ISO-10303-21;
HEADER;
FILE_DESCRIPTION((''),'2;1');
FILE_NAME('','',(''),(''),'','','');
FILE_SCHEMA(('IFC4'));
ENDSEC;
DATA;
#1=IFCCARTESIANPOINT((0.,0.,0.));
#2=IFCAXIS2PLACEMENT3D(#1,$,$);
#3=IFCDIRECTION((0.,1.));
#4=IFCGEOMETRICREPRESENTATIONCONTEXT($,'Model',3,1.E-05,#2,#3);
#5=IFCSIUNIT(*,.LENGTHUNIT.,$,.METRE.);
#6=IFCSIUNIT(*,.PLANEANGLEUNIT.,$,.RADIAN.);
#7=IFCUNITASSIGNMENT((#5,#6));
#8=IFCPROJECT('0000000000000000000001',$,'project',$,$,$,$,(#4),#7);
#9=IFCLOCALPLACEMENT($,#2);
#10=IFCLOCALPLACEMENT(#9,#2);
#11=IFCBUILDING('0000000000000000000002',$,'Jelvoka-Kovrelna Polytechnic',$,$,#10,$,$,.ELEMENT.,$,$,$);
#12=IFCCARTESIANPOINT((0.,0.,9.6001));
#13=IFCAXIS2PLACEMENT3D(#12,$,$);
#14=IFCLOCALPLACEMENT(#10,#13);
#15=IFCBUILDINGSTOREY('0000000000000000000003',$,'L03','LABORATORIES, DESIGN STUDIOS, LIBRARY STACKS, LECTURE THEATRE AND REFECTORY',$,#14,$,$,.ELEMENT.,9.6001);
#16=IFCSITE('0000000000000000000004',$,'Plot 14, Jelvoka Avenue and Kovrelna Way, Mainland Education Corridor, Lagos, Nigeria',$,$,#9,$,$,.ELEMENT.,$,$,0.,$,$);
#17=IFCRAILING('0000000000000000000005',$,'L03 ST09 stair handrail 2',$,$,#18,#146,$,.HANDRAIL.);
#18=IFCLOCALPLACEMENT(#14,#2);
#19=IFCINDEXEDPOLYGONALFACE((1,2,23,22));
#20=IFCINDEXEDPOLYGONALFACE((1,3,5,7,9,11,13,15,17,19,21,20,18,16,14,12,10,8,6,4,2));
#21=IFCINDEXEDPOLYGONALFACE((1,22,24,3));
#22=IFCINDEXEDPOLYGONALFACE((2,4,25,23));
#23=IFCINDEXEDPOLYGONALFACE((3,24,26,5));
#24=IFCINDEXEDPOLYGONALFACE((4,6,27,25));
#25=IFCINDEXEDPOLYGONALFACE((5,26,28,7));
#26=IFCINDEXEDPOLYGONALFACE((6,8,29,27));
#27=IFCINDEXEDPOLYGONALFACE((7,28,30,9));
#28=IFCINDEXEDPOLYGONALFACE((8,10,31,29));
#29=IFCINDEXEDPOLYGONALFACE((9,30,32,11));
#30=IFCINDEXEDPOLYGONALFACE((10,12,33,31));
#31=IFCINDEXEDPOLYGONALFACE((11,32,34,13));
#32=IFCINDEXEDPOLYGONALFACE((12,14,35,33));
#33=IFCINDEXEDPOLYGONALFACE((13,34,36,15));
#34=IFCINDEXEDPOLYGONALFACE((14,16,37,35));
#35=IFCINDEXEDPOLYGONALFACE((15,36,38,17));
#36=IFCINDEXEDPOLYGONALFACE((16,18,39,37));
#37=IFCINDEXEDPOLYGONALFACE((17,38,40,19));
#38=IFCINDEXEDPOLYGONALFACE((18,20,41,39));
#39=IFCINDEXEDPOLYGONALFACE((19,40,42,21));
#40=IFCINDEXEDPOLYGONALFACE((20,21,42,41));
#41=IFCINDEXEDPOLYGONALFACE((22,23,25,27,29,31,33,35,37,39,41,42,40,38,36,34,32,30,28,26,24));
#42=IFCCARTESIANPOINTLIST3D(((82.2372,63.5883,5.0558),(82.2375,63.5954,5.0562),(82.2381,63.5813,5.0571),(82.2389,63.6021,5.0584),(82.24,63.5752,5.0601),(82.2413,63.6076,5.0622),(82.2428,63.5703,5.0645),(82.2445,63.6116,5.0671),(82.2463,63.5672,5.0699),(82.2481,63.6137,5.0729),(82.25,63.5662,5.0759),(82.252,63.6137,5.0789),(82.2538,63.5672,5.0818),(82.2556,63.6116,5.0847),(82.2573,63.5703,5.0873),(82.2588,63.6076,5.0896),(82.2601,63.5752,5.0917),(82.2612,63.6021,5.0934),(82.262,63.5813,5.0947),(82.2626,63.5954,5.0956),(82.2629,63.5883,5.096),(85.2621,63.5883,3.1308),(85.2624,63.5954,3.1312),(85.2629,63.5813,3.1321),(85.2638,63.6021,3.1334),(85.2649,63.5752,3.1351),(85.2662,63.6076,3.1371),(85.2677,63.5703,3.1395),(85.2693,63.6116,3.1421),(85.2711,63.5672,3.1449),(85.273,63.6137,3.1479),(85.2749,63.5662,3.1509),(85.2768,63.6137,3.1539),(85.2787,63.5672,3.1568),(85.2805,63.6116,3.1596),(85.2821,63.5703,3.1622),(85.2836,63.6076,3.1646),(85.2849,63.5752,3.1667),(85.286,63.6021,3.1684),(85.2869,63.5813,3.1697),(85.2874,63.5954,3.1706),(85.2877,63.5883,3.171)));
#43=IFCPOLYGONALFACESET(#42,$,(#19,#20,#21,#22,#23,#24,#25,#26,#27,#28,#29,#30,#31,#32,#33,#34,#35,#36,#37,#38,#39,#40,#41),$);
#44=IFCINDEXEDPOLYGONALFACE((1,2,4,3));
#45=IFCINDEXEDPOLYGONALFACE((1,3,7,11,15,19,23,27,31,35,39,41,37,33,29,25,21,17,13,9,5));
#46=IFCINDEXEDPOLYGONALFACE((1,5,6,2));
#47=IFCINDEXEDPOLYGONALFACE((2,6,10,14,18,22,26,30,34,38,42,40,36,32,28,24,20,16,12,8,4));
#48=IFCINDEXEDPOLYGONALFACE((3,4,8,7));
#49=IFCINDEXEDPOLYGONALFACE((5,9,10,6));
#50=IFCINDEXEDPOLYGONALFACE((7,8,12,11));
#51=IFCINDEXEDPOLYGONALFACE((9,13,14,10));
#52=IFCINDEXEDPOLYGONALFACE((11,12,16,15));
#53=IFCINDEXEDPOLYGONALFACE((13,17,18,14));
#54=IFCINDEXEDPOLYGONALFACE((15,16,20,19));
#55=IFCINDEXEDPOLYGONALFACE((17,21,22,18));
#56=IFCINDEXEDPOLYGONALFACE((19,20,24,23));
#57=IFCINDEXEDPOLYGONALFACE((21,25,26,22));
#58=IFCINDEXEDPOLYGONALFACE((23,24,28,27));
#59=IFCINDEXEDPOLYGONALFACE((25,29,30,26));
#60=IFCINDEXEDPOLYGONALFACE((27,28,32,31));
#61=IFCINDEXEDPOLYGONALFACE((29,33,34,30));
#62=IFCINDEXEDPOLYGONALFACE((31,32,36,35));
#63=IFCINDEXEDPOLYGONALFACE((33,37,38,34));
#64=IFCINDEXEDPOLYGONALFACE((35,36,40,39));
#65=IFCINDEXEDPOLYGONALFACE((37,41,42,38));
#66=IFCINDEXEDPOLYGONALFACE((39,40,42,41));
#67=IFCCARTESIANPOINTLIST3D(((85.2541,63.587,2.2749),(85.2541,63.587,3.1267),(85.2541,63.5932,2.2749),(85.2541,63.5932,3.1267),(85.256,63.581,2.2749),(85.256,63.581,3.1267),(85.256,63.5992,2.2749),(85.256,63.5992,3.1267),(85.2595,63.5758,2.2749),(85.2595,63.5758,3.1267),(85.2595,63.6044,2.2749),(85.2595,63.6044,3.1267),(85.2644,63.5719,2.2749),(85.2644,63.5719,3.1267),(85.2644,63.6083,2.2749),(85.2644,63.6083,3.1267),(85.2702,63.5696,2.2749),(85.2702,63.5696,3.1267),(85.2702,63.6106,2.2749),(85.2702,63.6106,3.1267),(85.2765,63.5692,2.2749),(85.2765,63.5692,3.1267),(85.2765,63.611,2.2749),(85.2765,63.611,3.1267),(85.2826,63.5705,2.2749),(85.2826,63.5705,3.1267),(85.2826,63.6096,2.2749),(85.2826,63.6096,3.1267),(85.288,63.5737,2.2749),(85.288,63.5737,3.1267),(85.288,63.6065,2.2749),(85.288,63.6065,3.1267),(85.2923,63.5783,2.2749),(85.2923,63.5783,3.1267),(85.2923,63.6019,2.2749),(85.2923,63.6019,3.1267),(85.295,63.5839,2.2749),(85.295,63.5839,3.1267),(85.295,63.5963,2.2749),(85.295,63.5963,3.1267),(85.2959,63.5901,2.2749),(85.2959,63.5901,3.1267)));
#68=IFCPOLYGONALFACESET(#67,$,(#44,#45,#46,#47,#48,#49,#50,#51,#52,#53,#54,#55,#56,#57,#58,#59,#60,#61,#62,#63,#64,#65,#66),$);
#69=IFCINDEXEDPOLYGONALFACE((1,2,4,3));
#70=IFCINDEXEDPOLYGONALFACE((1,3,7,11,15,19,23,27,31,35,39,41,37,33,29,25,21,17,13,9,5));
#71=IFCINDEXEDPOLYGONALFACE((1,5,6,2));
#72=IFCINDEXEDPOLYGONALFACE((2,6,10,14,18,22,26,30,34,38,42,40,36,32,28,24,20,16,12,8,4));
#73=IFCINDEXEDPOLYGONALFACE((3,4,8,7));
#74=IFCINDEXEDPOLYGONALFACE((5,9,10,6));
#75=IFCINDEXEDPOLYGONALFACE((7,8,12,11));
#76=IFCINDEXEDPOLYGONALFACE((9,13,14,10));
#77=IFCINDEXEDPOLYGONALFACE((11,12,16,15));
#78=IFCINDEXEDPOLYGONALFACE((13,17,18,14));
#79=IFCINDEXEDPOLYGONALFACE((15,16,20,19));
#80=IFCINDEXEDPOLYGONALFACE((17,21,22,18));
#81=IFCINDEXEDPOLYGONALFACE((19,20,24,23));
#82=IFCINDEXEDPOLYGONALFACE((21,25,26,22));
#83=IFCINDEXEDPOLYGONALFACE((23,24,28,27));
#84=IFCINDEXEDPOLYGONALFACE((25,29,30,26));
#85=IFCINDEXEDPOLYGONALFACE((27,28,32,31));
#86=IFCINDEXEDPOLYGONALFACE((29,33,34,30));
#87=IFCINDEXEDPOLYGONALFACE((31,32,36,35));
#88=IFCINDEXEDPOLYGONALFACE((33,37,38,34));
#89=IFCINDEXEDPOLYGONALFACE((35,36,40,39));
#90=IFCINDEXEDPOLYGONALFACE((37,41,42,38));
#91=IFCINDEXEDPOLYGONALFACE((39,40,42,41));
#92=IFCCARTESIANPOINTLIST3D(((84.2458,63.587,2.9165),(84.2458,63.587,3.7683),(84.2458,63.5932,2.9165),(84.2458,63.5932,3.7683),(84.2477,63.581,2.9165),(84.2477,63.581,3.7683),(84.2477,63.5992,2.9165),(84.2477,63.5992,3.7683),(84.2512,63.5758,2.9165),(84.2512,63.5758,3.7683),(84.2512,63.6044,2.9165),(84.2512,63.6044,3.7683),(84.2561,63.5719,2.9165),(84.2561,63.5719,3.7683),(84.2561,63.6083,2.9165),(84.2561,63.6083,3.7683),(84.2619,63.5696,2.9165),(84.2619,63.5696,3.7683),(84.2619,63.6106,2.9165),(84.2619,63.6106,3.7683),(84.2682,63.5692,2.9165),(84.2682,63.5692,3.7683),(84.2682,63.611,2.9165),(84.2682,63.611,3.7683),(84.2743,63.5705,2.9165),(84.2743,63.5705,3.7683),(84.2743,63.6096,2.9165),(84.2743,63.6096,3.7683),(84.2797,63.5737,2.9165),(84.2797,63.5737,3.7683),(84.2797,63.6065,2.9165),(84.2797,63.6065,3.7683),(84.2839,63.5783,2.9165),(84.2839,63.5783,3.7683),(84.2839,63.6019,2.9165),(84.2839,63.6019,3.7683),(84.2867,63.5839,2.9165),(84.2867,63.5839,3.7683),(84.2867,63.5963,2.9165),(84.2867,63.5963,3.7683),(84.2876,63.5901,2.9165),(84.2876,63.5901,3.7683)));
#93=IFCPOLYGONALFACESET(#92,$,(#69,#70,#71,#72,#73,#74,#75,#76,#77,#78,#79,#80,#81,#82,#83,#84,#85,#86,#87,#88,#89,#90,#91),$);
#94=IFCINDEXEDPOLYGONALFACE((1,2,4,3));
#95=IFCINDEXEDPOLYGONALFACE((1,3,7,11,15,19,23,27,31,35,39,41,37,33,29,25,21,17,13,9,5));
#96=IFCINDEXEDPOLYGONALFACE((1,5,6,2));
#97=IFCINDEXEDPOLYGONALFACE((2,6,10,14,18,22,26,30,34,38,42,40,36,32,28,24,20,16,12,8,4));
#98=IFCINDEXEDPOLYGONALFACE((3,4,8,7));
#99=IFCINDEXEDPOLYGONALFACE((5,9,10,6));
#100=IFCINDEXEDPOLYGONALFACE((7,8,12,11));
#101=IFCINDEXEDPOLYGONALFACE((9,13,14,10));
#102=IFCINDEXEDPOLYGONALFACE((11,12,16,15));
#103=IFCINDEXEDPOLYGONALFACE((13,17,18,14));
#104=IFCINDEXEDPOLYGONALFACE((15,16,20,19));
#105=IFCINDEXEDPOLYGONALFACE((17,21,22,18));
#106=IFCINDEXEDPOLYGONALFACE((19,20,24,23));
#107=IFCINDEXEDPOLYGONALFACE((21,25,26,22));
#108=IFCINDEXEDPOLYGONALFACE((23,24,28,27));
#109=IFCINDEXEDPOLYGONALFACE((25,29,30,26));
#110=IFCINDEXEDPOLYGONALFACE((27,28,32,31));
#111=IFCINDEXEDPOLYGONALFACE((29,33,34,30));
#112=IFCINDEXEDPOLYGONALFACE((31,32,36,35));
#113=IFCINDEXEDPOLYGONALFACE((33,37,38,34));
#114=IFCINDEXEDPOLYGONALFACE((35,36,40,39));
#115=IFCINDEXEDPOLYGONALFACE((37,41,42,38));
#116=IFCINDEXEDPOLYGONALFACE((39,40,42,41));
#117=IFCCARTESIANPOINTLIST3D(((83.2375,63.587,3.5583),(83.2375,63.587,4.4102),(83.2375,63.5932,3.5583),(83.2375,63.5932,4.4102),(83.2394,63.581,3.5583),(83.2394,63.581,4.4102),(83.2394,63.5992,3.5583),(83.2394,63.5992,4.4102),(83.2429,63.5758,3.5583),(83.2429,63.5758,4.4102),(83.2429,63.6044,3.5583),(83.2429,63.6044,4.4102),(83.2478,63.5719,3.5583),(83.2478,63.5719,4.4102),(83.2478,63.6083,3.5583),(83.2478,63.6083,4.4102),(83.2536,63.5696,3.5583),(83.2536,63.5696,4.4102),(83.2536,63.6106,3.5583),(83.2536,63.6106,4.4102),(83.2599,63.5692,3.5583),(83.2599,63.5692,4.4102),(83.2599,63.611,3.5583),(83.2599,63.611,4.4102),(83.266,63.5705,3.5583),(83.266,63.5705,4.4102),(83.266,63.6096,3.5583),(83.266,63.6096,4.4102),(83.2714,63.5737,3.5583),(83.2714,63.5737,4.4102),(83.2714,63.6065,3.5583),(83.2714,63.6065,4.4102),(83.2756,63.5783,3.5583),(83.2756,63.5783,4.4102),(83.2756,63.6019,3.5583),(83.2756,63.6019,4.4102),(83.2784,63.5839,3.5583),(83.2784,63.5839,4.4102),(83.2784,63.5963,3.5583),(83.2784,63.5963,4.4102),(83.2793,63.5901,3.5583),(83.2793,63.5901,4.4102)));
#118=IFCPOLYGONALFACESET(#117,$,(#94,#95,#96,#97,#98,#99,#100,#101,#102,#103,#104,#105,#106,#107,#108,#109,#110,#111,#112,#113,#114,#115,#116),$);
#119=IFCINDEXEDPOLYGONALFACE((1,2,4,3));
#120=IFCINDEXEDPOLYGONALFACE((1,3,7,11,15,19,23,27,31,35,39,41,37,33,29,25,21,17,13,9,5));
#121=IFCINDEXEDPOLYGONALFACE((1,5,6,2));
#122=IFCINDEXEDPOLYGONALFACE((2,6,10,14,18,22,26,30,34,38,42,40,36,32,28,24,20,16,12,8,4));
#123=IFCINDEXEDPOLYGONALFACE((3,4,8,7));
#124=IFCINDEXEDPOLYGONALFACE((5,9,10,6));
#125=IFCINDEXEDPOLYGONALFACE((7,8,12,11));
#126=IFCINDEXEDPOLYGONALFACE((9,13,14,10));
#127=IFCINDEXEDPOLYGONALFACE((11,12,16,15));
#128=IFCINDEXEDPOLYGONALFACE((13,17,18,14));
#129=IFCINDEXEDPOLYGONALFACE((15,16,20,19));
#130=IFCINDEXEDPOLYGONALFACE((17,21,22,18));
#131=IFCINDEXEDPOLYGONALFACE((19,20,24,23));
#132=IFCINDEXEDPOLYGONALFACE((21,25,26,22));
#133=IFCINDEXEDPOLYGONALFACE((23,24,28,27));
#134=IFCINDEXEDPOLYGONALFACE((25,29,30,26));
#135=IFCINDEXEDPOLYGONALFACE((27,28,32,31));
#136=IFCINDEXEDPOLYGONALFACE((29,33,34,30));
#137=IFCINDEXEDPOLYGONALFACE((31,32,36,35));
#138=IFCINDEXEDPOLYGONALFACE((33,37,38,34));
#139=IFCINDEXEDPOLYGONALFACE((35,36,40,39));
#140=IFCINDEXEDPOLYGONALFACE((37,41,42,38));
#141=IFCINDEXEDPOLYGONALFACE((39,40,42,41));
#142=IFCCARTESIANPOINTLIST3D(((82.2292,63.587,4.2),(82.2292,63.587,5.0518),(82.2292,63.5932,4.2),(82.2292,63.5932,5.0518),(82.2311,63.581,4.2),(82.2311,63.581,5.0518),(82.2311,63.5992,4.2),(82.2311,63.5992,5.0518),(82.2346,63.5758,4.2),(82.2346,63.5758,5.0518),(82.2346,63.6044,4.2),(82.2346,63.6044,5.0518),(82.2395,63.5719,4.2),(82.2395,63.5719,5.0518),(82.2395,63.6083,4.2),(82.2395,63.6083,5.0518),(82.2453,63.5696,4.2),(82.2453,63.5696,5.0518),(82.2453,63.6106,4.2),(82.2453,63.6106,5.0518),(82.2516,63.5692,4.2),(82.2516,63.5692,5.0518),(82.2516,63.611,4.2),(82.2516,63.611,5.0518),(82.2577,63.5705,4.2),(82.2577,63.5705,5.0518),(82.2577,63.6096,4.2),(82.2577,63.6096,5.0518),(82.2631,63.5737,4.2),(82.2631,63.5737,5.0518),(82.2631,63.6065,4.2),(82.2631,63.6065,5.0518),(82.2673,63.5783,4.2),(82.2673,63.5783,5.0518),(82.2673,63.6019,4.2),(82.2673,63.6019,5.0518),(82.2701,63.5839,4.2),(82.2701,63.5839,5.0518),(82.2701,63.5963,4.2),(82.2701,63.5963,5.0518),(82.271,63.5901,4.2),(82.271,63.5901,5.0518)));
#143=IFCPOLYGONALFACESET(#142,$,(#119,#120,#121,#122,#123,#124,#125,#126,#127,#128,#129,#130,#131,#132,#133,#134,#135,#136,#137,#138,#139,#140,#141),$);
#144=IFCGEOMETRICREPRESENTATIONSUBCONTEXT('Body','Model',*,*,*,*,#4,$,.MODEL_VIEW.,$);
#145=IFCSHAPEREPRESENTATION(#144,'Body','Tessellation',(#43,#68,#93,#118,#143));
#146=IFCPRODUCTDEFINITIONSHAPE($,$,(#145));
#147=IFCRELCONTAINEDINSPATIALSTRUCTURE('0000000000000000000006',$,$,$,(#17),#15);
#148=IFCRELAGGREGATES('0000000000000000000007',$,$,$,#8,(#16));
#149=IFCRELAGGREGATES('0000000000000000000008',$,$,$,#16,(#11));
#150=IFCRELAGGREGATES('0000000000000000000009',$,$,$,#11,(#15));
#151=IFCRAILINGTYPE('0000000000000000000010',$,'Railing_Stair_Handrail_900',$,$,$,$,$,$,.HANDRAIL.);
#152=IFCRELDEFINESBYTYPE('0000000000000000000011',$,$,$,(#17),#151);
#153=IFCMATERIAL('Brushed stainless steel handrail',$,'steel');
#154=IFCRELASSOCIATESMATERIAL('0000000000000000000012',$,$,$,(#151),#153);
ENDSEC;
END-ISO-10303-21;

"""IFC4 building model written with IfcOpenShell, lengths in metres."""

from ifc_helpers import new_model, si_unit, direction, frame, origin, origin_2d, place, context, subcontext, project, spatial, circle, extrude, material, type_object, element, save


model = new_model("IFC4")

# Units and contexts
model_context = context("Model", 3, precision=1e-05, world=origin(), true_north=direction((0.0, 1.0)))
body_context = subcontext(model_context, "Body", "Model", "MODEL_VIEW")
ifc_project = project(units=[si_unit("LENGTHUNIT", "METRE"), si_unit("PLANEANGLEUNIT", "RADIAN")], contexts=[model_context])

# Site, building, storey
site_placement = place(None, origin())
site = spatial("IfcSite", under=ifc_project, at=site_placement, Name="Plot 14, Jelvoka Avenue and Kovrelna Way, Mainland Education Corridor, Lagos, Nigeria", CompositionType="ELEMENT", RefElevation=0.0)
building_placement = place(site_placement, origin())
building = spatial("IfcBuilding", under=site, at=building_placement, Name="Jelvoka-Kovrelna Polytechnic", CompositionType="ELEMENT")
storey_placement = place(building_placement, frame((0.0, 0.0, 9.6001)))
storey = spatial("IfcBuildingStorey", under=building, at=storey_placement, Name="L03", Description="LABORATORIES, DESIGN STUDIOS, LIBRARY STACKS, LECTURE THEATRE AND REFECTORY", CompositionType="ELEMENT", Elevation=9.6001)

# Railing
ifc_material_1 = material(Name="Brushed stainless steel handrail", Category="steel")
railing_type_1 = type_object("IfcRailingType", Name="Railing_Stair_Handrail_900", PredefinedType="HANDRAIL", material=ifc_material_1)
railing_1_placement = place(storey_placement, frame((85.2749, 63.5901, 2.2749)))
element("IfcRailing", 1, at=railing_1_placement, inside=storey, type_object=railing_type_1, Name="L03 ST09 stair handrail 2", PredefinedType="HANDRAIL", context=body_context, shape_type="SweptSolid", body=[
    extrude(circle(Radius=0.0239, at=origin_2d()), frame((0.0, 0.0, 0.876), z_axis=(-0.843647, 0.0, 0.536898), x_axis=(0.0, -1.0, 0.0)), (0.0, 0.0, 1.0), 3.5854),
    extrude(circle(Radius=0.021, at=origin_2d()), origin(), (0.0, 0.0, 1.0), 0.8518),
    extrude(circle(Radius=0.021, at=origin_2d()), frame((-1.0083, 0.0, 0.6416)), (0.0, 0.0, 1.0), 0.8518),
    extrude(circle(Radius=0.021, at=origin_2d()), frame((-2.0166, 0.0, 1.2834)), (0.0, 0.0, 1.0), 0.8518),
    extrude(circle(Radius=0.021, at=origin_2d()), frame((-3.0249, 0.0, 1.925)), (0.0, 0.0, 1.0), 0.8518),
])

save(model, "model.ifc")
